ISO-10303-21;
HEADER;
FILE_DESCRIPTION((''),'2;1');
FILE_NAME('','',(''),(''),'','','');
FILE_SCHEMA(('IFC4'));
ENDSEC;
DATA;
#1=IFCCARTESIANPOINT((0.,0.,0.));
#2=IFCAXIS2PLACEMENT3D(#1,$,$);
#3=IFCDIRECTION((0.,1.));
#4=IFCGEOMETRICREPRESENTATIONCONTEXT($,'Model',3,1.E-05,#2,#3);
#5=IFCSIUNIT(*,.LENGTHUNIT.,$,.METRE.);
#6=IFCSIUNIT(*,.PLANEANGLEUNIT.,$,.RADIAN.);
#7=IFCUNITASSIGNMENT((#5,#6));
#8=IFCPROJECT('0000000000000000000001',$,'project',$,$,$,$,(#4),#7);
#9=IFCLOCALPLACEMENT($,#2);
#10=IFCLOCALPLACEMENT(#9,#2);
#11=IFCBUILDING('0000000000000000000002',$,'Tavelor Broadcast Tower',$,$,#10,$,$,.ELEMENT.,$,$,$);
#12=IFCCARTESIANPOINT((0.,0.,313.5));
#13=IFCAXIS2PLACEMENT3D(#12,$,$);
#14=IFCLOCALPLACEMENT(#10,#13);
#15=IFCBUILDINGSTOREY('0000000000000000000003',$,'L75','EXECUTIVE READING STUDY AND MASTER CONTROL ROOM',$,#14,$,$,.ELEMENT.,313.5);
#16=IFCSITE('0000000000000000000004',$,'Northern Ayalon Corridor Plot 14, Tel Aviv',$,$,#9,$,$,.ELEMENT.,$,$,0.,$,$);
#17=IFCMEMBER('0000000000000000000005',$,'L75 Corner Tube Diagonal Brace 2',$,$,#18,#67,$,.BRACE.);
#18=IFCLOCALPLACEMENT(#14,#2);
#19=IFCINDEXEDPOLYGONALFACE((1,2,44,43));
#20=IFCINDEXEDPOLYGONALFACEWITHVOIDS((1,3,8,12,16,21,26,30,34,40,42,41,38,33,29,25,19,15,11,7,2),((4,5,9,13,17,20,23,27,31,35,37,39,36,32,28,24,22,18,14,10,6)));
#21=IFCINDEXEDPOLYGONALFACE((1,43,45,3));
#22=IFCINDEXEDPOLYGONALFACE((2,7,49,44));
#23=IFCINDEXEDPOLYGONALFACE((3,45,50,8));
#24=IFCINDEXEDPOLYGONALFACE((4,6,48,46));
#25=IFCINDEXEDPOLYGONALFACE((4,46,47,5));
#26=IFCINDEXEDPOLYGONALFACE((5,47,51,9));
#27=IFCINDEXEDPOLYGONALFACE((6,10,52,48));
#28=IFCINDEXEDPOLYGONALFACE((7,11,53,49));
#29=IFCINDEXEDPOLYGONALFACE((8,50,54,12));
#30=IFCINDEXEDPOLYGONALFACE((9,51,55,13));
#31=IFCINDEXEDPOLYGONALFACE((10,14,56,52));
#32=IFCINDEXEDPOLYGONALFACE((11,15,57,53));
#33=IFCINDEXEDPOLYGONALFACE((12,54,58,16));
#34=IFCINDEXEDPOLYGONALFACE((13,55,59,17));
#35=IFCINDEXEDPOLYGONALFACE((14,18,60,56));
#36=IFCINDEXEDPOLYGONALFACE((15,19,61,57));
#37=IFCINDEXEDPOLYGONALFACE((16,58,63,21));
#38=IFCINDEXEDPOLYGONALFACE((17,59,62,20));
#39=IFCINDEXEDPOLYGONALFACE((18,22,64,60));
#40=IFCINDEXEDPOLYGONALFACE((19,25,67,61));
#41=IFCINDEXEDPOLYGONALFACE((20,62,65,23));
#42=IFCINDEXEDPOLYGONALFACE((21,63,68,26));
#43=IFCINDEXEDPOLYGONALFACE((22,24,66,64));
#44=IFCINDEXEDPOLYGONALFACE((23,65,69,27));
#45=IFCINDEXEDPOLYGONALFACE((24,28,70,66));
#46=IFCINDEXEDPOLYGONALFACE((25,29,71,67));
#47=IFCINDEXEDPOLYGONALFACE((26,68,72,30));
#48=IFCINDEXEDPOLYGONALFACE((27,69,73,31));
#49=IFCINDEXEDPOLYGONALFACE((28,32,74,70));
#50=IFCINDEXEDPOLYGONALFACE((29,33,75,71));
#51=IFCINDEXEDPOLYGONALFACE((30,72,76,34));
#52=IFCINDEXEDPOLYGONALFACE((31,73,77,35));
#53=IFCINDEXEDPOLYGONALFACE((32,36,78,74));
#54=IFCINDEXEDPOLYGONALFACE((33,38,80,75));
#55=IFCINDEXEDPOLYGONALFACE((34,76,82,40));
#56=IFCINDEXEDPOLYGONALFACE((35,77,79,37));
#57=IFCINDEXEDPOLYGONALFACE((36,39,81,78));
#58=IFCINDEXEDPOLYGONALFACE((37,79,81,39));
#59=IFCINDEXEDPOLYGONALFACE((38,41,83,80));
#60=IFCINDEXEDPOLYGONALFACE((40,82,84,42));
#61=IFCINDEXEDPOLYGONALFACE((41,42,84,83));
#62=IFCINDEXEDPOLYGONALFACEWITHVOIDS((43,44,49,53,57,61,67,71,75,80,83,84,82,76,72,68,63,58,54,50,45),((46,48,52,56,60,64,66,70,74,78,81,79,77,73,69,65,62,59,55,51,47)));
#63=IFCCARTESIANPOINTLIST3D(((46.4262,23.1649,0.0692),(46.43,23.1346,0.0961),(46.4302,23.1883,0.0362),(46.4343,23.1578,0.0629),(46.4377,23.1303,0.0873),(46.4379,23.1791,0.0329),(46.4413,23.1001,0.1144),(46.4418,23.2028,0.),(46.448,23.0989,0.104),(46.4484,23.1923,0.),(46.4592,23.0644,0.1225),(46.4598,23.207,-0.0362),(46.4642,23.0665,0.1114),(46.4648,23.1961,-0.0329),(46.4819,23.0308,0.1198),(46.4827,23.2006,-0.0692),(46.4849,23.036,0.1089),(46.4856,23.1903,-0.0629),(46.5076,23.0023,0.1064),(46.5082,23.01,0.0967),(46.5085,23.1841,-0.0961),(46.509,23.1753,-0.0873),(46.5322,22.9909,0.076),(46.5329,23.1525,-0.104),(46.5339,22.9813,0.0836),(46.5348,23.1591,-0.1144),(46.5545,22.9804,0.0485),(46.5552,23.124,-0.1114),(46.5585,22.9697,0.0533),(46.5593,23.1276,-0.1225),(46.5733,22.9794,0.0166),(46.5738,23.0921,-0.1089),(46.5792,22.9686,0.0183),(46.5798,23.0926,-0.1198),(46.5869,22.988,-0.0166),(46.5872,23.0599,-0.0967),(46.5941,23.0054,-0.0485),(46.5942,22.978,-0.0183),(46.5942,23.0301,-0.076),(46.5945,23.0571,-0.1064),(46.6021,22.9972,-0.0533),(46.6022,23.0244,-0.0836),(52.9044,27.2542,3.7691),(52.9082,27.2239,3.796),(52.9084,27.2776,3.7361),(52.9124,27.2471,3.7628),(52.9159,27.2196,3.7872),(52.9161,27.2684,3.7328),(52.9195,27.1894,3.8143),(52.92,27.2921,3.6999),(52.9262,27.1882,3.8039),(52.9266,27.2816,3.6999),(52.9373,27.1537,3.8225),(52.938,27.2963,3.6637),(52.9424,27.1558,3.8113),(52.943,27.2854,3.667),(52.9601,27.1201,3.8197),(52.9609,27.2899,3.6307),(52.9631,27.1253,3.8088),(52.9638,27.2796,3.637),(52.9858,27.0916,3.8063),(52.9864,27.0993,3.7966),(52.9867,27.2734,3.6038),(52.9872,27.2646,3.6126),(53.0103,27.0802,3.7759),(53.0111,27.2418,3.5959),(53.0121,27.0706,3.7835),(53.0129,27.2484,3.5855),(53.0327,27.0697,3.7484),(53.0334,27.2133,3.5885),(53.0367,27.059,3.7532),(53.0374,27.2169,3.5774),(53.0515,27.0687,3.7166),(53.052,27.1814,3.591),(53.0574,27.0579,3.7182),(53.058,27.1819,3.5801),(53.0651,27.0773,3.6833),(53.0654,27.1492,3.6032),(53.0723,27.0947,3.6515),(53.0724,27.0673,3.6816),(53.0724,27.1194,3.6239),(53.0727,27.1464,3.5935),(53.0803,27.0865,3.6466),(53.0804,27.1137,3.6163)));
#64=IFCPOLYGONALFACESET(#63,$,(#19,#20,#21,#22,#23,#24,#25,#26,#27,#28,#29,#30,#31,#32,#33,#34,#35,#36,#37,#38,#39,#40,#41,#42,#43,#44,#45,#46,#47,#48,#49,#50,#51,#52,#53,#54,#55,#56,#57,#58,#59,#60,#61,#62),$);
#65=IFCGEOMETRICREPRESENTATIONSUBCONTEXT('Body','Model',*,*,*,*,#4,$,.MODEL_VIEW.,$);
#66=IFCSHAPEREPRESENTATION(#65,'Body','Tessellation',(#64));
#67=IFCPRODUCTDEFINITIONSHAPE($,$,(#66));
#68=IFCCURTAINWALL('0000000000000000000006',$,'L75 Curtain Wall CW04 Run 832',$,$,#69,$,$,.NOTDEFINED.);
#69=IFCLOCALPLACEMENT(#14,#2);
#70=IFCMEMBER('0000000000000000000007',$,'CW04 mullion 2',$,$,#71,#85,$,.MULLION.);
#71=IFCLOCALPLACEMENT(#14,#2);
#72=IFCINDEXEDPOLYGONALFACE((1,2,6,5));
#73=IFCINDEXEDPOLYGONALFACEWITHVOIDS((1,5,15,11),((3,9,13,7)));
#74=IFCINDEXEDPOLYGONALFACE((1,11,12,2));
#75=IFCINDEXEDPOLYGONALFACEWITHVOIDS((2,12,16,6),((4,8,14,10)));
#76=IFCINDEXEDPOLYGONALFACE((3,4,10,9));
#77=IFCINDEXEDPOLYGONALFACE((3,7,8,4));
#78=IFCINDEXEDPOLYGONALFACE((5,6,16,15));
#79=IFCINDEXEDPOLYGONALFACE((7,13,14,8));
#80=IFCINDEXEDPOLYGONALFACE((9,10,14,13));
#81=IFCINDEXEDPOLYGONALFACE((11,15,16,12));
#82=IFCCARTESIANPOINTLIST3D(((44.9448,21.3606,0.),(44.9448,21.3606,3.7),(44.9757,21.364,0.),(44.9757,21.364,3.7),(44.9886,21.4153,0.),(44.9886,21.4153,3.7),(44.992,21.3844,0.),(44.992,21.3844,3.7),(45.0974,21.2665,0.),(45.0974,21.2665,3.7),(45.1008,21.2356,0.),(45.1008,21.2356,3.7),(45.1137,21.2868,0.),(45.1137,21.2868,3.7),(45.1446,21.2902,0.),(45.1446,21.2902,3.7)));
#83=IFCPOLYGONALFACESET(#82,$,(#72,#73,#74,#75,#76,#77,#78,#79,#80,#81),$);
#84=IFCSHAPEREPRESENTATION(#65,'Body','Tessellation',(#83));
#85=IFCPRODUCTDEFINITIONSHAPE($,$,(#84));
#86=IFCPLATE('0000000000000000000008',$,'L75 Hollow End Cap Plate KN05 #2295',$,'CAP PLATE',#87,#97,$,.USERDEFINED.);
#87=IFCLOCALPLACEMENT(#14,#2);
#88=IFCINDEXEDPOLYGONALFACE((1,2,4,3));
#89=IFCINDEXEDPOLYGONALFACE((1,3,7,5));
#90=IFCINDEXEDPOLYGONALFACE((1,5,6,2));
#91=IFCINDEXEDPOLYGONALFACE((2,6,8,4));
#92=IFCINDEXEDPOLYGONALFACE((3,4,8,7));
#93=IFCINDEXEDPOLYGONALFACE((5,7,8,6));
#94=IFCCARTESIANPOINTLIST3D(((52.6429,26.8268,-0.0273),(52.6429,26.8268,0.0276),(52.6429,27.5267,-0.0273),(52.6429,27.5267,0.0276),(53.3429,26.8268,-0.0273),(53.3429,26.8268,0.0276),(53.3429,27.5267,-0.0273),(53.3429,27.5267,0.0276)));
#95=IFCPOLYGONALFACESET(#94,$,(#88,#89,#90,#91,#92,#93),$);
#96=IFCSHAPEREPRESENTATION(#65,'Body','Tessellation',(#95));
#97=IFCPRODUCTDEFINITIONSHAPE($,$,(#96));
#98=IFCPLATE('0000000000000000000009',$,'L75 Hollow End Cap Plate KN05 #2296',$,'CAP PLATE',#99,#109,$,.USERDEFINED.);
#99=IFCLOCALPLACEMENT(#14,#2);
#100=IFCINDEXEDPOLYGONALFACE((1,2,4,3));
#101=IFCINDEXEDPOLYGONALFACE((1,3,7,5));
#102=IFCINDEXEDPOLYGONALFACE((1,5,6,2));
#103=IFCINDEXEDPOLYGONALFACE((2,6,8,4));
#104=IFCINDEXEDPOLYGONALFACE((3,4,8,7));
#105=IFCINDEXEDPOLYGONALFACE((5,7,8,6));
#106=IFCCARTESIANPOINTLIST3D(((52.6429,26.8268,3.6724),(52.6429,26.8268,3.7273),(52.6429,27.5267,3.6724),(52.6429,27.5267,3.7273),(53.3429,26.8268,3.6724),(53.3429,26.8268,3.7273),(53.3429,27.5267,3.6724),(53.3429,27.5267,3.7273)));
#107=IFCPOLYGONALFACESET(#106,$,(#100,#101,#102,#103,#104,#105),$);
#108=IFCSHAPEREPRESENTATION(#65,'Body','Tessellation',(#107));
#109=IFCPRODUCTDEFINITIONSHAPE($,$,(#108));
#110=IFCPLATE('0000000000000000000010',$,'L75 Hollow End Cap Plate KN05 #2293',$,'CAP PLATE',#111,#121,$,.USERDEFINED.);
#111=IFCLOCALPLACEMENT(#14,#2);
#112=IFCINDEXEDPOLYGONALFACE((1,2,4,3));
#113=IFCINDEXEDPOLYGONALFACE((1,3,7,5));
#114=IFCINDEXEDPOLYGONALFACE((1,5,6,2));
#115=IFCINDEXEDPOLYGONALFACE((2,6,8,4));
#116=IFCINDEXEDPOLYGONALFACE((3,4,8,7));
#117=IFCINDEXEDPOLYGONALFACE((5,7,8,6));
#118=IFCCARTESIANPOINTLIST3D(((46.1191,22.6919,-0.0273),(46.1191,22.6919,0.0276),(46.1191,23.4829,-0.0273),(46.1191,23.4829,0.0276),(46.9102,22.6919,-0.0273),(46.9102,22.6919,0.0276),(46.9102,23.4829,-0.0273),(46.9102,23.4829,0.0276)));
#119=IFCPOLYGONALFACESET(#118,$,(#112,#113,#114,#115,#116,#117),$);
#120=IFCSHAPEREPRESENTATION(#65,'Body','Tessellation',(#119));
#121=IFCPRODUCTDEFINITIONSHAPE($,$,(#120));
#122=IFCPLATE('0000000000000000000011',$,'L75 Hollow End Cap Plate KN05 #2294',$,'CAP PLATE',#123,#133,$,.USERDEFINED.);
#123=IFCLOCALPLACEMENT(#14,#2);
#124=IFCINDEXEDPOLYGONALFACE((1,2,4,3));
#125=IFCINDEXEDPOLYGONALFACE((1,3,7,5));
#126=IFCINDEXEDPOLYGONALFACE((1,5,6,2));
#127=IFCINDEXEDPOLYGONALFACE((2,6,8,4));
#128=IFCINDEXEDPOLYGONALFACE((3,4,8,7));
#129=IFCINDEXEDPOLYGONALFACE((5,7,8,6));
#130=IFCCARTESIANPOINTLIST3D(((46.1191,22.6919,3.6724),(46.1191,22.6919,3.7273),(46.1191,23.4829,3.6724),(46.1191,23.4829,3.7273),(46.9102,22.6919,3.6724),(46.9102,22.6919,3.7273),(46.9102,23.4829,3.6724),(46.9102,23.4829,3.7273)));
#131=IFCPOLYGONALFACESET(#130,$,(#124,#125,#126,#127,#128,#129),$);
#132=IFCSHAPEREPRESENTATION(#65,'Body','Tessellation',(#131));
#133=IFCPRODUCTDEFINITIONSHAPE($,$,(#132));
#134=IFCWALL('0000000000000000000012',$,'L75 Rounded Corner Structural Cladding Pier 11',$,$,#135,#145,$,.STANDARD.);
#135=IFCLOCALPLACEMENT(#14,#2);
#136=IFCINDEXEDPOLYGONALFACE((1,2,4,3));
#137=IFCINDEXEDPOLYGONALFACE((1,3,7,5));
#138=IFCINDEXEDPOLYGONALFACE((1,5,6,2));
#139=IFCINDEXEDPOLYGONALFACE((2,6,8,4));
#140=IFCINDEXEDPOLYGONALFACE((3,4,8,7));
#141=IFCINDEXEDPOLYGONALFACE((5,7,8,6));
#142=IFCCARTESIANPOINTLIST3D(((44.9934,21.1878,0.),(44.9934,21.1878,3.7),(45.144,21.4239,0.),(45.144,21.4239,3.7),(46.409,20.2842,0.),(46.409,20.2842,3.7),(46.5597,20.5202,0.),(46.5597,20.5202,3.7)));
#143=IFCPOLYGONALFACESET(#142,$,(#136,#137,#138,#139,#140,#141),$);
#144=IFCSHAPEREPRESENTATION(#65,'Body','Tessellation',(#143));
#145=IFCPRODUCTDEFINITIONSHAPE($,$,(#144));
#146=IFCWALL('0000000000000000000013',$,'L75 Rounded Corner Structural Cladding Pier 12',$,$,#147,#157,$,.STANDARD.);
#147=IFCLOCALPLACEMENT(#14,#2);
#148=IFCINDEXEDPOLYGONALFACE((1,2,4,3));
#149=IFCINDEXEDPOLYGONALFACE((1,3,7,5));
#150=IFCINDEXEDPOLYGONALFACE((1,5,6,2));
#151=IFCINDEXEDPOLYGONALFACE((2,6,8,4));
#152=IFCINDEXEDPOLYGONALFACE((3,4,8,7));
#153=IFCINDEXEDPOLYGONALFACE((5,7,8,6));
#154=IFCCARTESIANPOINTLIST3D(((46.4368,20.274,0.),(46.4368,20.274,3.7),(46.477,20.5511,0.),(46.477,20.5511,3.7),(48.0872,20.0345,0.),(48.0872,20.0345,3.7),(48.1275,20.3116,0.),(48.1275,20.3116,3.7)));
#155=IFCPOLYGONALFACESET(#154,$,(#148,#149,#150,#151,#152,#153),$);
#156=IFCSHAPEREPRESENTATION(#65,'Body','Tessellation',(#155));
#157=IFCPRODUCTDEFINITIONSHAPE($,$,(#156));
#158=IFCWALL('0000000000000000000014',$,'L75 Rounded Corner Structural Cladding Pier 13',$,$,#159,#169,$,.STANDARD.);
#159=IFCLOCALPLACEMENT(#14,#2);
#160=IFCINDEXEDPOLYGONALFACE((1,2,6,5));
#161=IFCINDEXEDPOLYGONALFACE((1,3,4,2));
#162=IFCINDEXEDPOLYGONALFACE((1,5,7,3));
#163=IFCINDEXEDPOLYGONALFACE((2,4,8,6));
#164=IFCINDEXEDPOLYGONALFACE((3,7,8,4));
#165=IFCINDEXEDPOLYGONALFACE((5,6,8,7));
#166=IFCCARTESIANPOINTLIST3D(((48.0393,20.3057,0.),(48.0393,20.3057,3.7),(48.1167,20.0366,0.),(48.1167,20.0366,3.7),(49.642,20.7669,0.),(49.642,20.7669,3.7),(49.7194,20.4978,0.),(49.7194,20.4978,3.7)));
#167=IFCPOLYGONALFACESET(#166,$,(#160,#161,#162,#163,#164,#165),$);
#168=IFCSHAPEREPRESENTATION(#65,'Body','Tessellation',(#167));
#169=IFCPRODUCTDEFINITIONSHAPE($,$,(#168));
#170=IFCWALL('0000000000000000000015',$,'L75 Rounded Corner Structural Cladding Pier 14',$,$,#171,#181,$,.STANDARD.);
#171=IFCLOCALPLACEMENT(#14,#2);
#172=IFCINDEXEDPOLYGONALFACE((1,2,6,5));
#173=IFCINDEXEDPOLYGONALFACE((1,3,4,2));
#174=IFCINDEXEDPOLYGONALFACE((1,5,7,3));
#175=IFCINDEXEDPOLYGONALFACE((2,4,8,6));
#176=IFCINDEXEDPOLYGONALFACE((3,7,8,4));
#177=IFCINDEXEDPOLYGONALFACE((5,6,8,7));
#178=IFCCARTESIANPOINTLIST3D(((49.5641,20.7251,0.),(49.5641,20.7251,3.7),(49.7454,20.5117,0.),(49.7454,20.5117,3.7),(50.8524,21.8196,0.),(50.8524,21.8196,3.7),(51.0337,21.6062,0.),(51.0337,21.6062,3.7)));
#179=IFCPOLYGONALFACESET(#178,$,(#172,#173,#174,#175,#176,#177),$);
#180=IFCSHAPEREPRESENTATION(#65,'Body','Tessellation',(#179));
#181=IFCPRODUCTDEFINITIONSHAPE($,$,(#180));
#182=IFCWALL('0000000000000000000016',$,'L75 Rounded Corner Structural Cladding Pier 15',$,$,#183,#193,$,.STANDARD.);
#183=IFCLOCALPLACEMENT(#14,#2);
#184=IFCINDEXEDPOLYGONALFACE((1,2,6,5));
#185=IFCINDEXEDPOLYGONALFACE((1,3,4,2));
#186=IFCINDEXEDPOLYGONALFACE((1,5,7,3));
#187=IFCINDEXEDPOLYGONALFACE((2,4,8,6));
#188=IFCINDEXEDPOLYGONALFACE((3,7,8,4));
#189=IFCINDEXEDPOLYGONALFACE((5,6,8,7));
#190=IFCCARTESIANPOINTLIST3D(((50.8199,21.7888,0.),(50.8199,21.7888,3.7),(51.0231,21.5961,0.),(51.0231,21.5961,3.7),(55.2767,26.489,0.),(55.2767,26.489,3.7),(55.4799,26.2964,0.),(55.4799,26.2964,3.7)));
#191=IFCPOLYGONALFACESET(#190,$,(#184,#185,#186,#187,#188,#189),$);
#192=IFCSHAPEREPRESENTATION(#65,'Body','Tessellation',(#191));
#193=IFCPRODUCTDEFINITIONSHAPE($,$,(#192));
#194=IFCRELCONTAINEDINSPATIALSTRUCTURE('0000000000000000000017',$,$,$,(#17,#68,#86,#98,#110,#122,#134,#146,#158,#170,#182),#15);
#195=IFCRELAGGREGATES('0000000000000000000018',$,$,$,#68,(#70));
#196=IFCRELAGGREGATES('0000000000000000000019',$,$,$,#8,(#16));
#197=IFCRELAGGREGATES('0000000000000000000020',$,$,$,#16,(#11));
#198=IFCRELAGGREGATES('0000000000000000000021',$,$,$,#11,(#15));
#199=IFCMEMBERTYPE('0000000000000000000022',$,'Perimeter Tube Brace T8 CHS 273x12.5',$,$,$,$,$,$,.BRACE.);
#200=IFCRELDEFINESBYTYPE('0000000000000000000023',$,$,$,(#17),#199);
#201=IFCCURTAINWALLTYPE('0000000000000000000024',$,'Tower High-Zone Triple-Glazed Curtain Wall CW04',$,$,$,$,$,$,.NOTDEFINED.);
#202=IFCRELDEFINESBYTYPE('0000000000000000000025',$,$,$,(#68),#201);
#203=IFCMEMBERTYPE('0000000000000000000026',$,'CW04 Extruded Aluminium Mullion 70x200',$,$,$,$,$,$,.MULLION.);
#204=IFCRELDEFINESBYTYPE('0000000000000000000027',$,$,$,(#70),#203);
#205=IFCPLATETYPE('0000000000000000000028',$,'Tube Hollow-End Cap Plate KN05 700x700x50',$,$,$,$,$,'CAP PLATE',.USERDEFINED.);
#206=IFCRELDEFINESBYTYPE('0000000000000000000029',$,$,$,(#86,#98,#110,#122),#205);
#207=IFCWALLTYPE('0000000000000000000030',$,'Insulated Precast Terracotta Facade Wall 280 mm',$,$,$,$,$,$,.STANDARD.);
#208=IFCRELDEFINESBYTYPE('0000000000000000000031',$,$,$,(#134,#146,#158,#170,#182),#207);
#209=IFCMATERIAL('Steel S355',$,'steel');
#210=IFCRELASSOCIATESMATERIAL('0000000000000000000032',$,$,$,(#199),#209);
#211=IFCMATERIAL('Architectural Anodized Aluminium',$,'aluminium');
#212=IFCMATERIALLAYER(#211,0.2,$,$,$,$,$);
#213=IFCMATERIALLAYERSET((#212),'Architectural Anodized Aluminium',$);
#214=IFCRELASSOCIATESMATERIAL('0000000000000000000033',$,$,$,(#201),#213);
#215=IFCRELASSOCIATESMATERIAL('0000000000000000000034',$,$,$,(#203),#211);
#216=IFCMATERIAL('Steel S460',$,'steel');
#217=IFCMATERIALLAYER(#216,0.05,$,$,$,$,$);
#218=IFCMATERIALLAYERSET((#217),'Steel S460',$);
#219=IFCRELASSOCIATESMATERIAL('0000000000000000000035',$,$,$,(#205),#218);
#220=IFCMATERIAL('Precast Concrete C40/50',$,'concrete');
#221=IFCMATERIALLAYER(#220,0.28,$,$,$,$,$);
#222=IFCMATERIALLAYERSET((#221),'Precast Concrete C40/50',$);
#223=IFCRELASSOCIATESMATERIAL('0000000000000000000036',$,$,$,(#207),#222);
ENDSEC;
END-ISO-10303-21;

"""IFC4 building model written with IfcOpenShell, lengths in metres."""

from ifc_helpers import new_model, si_unit, direction, frame, frame_2d, origin, origin_2d, place, context, subcontext, project, spatial, rectangle, hollow_rectangle, hollow_circle, extrude, source, transform, mapped, material, layer, layer_set, material_profile, profile_set, type_object, type_shapes, element, aggregate, save


model = new_model("IFC4")

# Units and contexts
model_context = context("Model", 3, precision=1e-05, world=origin(), true_north=direction((0.0, 1.0)))
body_context = subcontext(model_context, "Body", "Model", "MODEL_VIEW")
ifc_project = project(units=[si_unit("LENGTHUNIT", "METRE"), si_unit("PLANEANGLEUNIT", "RADIAN")], contexts=[model_context])

# Site, building, storey
site_placement = place(None, origin())
site = spatial("IfcSite", under=ifc_project, at=site_placement, Name="Northern Ayalon Corridor Plot 14, Tel Aviv", CompositionType="ELEMENT", RefElevation=0.0)
building_placement = place(site_placement, origin())
building = spatial("IfcBuilding", under=site, at=building_placement, Name="Tavelor Broadcast Tower", CompositionType="ELEMENT")
storey_placement = place(building_placement, frame((0.0, 0.0, 313.5)))
storey = spatial("IfcBuildingStorey", under=building, at=storey_placement, Name="L75", Description="EXECUTIVE READING STUDY AND MASTER CONTROL ROOM", CompositionType="ELEMENT", Elevation=313.5)

# Shared definitions
ifc_material_1 = material(Name="Steel S460", Category="steel")

# Shared definitions
ifc_material_2 = material(Name="Steel S355", Category="steel")

# Member
ifc_material_profile_1 = material_profile(ifc_material_2, hollow_circle(Radius=0.1365, WallThickness=0.0125, at=origin_2d()), Name="CHS 273x12.5")
ifc_profile_set_1 = profile_set([ifc_material_profile_1], Name="Steel S355")
member_type_1 = type_object("IfcMemberType", Name="Perimeter Tube Brace T8 CHS 273x12.5", PredefinedType="BRACE", material=ifc_profile_set_1)
member_1_placement = place(storey_placement, frame((46.5146, 23.0874, 0.0), z_axis=(0.761462, 0.480667, 0.434896), x_axis=(-0.533789, 0.845618, 0.0)))
element("IfcMember", 1, at=member_1_placement, inside=storey, type_object=member_type_1, Name="L75 Corner Tube Diagonal Brace 2", PredefinedType="BRACE", context=body_context, shape_type="SweptSolid", body=[
    extrude(hollow_circle(Radius=0.1365, WallThickness=0.0125, at=origin_2d()), origin(), (0.0, 0.0, 1.0), 8.5076),
])

# Curtain wall, member
ifc_material_3 = material(Name="Architectural Anodized Aluminium", Category="aluminium")
ifc_layer_1 = layer(ifc_material_3, 0.2)
ifc_layer_set_1 = layer_set([ifc_layer_1], Name="Architectural Anodized Aluminium")
curtain_wall_type = type_object("IfcCurtainWallType", Name="Tower High-Zone Triple-Glazed Curtain Wall CW04", PredefinedType="NOTDEFINED", material=ifc_layer_set_1)
curtain_wall_placement = place(storey_placement, origin())
curtain_wall = element("IfcCurtainWall", 2, at=curtain_wall_placement, inside=storey, type_object=curtain_wall_type, Name="L75 Curtain Wall CW04 Run 832", PredefinedType="NOTDEFINED")
ifc_material_profile_2 = material_profile(ifc_material_3, hollow_rectangle(XDim=0.0701, YDim=0.2, WallThickness=0.022, at=origin_2d()), Name="RHS 70x200x22")
ifc_profile_set_2 = profile_set([ifc_material_profile_2], Name="Architectural Anodized Aluminium")
member_type_2 = type_object("IfcMemberType", Name="CW04 Extruded Aluminium Mullion 70x200", PredefinedType="MULLION", material=ifc_profile_set_2)
shared_shape_1 = source(origin(), body_context, "Body", "SweptSolid", [
    extrude(hollow_rectangle(XDim=0.0701, YDim=0.2, WallThickness=0.022, at=origin_2d()), origin(), (0.0, 0.0, 1.0), 3.7),
])
type_shapes(member_type_2, [shared_shape_1])
member_2_placement = place(storey_placement, frame((45.0447, 21.3254, 0.0), z_axis=(0.0, 0.0, 1.0), x_axis=(0.625572, 0.780166, 0.0)))
member_2 = element("IfcMember", 3, at=member_2_placement, type_object=member_type_2, Name="CW04 mullion 2", PredefinedType="MULLION", context=body_context, shape_type="MappedRepresentation", body=[
    mapped(shared_shape_1, transform((0.0, 0.0, 0.0), scale=1.0)),
])
aggregate(curtain_wall, [member_2])

# Plates
ifc_layer_2 = layer(ifc_material_1, 0.05)
ifc_layer_set_2 = layer_set([ifc_layer_2], Name="Steel S460")
plate_type = type_object("IfcPlateType", Name="Tube Hollow-End Cap Plate KN05 700x700x50", ElementType="CAP PLATE", PredefinedType="USERDEFINED", material=ifc_layer_set_2)
shared_shape_2 = source(origin(), body_context, "Body", "SweptSolid", [
    extrude(rectangle(XDim=0.7, YDim=0.7, at=origin_2d()), origin(), (0.0, 0.0, 1.0), 0.0549),
])
for number, where, z_axis, x_axis, name in (
    (4, (52.9929, 27.1768, -0.0273), (0.0, 0.0, 1.0), (1.0, 0.0, 0.0), "L75 Hollow End Cap Plate KN05 #2295"),
    (5, (52.9929, 27.1768, 3.6724), (0.0, 0.0, 1.0), (1.0, 0.0, 0.0), "L75 Hollow End Cap Plate KN05 #2296"),
):
    element("IfcPlate", number, at=place(storey_placement, frame(where, z_axis=z_axis, x_axis=x_axis)), inside=storey, type_object=plate_type, Name=name, ObjectType="CAP PLATE", PredefinedType="USERDEFINED", context=body_context, shape_type="MappedRepresentation", body=[
        mapped(shared_shape_2, transform((0.0, 0.0, 0.0), scale=1.0)),
    ])
shared_shape_3 = source(origin(), body_context, "Body", "SweptSolid", [
    extrude(rectangle(XDim=0.791, YDim=0.791, at=origin_2d()), origin(), (0.0, 0.0, 1.0), 0.0549),
])
type_shapes(plate_type, [shared_shape_2, shared_shape_3])
for number, where, z_axis, x_axis, name in (
    (6, (46.5146, 23.0874, -0.0273), (0.0, 0.0, 1.0), (1.0, 0.0, 0.0), "L75 Hollow End Cap Plate KN05 #2293"),
    (7, (46.5146, 23.0874, 3.6724), (0.0, 0.0, 1.0), (1.0, 0.0, 0.0), "L75 Hollow End Cap Plate KN05 #2294"),
):
    element("IfcPlate", number, at=place(storey_placement, frame(where, z_axis=z_axis, x_axis=x_axis)), inside=storey, type_object=plate_type, Name=name, ObjectType="CAP PLATE", PredefinedType="USERDEFINED", context=body_context, shape_type="MappedRepresentation", body=[
        mapped(shared_shape_3, transform((0.0, 0.0, 0.0), scale=1.0)),
    ])

# Walls
ifc_material_4 = material(Name="Precast Concrete C40/50", Category="concrete")
ifc_layer_3 = layer(ifc_material_4, 0.28)
ifc_layer_set_3 = layer_set([ifc_layer_3], Name="Precast Concrete C40/50")
wall_type_1 = type_object("IfcWallType", Name="Insulated Precast Terracotta Facade Wall 280 mm", PredefinedType="STANDARD", material=ifc_layer_set_3)
wall_1_placement = place(storey_placement, frame((45.0686, 21.3059, 0.0), z_axis=(0.0, 0.0, 1.0), x_axis=(0.842912, -0.538051, 0.0)))
element("IfcWall", 8, at=wall_1_placement, inside=storey, type_object=wall_type_1, Name="L75 Rounded Corner Structural Cladding Pier 11", PredefinedType="STANDARD", context=body_context, shape_type="SweptSolid", body=[
    extrude(rectangle(XDim=1.6794, YDim=0.28, at=frame_2d((0.8398, 0.0))), origin(), (0.0, 0.0, 1.0), 3.7),
])
for number, where, z_axis, x_axis, name in (
    (9, (46.4568, 20.4126, 0.0), (0.0, 0.0, 1.0), (0.989634, -0.143614, 0.0), "L75 Rounded Corner Structural Cladding Pier 12"),
    (10, (48.0779, 20.1711, 0.0), (0.0, 0.0, 1.0), (0.961009, 0.276519, 0.0), "L75 Rounded Corner Structural Cladding Pier 13"),
):
    element("IfcWall", number, at=place(storey_placement, frame(where, z_axis=z_axis, x_axis=x_axis)), inside=storey, type_object=wall_type_1, Name=name, PredefinedType="STANDARD", context=body_context, shape_type="SweptSolid", body=[
        extrude(rectangle(XDim=1.6677, YDim=0.28, at=frame_2d((0.834, 0.0))), origin(), (0.0, 0.0, 1.0), 3.7),
    ])
wall_2_placement = place(storey_placement, frame((49.6548, 20.6184, 0.0), z_axis=(0.0, 0.0, 1.0), x_axis=(0.762114, 0.647443, 0.0)))
element("IfcWall", 11, at=wall_2_placement, inside=storey, type_object=wall_type_1, Name="L75 Rounded Corner Structural Cladding Pier 14", PredefinedType="STANDARD", context=body_context, shape_type="SweptSolid", body=[
    extrude(rectangle(XDim=1.6904, YDim=0.28, at=frame_2d((0.8452, 0.0))), origin(), (0.0, 0.0, 1.0), 3.7),
])
wall_3_placement = place(storey_placement, frame((50.9214, 21.6924, 0.0), z_axis=(0.0, 0.0, 1.0), x_axis=(0.688068, 0.725647, 0.0)))
element("IfcWall", 12, at=wall_3_placement, inside=storey, type_object=wall_type_1, Name="L75 Rounded Corner Structural Cladding Pier 15", PredefinedType="STANDARD", context=body_context, shape_type="SweptSolid", body=[
    extrude(rectangle(XDim=6.4773, YDim=0.28, at=frame_2d((3.2388, 0.0))), origin(), (0.0, 0.0, 1.0), 3.7),
])

save(model, "model.ifc")
